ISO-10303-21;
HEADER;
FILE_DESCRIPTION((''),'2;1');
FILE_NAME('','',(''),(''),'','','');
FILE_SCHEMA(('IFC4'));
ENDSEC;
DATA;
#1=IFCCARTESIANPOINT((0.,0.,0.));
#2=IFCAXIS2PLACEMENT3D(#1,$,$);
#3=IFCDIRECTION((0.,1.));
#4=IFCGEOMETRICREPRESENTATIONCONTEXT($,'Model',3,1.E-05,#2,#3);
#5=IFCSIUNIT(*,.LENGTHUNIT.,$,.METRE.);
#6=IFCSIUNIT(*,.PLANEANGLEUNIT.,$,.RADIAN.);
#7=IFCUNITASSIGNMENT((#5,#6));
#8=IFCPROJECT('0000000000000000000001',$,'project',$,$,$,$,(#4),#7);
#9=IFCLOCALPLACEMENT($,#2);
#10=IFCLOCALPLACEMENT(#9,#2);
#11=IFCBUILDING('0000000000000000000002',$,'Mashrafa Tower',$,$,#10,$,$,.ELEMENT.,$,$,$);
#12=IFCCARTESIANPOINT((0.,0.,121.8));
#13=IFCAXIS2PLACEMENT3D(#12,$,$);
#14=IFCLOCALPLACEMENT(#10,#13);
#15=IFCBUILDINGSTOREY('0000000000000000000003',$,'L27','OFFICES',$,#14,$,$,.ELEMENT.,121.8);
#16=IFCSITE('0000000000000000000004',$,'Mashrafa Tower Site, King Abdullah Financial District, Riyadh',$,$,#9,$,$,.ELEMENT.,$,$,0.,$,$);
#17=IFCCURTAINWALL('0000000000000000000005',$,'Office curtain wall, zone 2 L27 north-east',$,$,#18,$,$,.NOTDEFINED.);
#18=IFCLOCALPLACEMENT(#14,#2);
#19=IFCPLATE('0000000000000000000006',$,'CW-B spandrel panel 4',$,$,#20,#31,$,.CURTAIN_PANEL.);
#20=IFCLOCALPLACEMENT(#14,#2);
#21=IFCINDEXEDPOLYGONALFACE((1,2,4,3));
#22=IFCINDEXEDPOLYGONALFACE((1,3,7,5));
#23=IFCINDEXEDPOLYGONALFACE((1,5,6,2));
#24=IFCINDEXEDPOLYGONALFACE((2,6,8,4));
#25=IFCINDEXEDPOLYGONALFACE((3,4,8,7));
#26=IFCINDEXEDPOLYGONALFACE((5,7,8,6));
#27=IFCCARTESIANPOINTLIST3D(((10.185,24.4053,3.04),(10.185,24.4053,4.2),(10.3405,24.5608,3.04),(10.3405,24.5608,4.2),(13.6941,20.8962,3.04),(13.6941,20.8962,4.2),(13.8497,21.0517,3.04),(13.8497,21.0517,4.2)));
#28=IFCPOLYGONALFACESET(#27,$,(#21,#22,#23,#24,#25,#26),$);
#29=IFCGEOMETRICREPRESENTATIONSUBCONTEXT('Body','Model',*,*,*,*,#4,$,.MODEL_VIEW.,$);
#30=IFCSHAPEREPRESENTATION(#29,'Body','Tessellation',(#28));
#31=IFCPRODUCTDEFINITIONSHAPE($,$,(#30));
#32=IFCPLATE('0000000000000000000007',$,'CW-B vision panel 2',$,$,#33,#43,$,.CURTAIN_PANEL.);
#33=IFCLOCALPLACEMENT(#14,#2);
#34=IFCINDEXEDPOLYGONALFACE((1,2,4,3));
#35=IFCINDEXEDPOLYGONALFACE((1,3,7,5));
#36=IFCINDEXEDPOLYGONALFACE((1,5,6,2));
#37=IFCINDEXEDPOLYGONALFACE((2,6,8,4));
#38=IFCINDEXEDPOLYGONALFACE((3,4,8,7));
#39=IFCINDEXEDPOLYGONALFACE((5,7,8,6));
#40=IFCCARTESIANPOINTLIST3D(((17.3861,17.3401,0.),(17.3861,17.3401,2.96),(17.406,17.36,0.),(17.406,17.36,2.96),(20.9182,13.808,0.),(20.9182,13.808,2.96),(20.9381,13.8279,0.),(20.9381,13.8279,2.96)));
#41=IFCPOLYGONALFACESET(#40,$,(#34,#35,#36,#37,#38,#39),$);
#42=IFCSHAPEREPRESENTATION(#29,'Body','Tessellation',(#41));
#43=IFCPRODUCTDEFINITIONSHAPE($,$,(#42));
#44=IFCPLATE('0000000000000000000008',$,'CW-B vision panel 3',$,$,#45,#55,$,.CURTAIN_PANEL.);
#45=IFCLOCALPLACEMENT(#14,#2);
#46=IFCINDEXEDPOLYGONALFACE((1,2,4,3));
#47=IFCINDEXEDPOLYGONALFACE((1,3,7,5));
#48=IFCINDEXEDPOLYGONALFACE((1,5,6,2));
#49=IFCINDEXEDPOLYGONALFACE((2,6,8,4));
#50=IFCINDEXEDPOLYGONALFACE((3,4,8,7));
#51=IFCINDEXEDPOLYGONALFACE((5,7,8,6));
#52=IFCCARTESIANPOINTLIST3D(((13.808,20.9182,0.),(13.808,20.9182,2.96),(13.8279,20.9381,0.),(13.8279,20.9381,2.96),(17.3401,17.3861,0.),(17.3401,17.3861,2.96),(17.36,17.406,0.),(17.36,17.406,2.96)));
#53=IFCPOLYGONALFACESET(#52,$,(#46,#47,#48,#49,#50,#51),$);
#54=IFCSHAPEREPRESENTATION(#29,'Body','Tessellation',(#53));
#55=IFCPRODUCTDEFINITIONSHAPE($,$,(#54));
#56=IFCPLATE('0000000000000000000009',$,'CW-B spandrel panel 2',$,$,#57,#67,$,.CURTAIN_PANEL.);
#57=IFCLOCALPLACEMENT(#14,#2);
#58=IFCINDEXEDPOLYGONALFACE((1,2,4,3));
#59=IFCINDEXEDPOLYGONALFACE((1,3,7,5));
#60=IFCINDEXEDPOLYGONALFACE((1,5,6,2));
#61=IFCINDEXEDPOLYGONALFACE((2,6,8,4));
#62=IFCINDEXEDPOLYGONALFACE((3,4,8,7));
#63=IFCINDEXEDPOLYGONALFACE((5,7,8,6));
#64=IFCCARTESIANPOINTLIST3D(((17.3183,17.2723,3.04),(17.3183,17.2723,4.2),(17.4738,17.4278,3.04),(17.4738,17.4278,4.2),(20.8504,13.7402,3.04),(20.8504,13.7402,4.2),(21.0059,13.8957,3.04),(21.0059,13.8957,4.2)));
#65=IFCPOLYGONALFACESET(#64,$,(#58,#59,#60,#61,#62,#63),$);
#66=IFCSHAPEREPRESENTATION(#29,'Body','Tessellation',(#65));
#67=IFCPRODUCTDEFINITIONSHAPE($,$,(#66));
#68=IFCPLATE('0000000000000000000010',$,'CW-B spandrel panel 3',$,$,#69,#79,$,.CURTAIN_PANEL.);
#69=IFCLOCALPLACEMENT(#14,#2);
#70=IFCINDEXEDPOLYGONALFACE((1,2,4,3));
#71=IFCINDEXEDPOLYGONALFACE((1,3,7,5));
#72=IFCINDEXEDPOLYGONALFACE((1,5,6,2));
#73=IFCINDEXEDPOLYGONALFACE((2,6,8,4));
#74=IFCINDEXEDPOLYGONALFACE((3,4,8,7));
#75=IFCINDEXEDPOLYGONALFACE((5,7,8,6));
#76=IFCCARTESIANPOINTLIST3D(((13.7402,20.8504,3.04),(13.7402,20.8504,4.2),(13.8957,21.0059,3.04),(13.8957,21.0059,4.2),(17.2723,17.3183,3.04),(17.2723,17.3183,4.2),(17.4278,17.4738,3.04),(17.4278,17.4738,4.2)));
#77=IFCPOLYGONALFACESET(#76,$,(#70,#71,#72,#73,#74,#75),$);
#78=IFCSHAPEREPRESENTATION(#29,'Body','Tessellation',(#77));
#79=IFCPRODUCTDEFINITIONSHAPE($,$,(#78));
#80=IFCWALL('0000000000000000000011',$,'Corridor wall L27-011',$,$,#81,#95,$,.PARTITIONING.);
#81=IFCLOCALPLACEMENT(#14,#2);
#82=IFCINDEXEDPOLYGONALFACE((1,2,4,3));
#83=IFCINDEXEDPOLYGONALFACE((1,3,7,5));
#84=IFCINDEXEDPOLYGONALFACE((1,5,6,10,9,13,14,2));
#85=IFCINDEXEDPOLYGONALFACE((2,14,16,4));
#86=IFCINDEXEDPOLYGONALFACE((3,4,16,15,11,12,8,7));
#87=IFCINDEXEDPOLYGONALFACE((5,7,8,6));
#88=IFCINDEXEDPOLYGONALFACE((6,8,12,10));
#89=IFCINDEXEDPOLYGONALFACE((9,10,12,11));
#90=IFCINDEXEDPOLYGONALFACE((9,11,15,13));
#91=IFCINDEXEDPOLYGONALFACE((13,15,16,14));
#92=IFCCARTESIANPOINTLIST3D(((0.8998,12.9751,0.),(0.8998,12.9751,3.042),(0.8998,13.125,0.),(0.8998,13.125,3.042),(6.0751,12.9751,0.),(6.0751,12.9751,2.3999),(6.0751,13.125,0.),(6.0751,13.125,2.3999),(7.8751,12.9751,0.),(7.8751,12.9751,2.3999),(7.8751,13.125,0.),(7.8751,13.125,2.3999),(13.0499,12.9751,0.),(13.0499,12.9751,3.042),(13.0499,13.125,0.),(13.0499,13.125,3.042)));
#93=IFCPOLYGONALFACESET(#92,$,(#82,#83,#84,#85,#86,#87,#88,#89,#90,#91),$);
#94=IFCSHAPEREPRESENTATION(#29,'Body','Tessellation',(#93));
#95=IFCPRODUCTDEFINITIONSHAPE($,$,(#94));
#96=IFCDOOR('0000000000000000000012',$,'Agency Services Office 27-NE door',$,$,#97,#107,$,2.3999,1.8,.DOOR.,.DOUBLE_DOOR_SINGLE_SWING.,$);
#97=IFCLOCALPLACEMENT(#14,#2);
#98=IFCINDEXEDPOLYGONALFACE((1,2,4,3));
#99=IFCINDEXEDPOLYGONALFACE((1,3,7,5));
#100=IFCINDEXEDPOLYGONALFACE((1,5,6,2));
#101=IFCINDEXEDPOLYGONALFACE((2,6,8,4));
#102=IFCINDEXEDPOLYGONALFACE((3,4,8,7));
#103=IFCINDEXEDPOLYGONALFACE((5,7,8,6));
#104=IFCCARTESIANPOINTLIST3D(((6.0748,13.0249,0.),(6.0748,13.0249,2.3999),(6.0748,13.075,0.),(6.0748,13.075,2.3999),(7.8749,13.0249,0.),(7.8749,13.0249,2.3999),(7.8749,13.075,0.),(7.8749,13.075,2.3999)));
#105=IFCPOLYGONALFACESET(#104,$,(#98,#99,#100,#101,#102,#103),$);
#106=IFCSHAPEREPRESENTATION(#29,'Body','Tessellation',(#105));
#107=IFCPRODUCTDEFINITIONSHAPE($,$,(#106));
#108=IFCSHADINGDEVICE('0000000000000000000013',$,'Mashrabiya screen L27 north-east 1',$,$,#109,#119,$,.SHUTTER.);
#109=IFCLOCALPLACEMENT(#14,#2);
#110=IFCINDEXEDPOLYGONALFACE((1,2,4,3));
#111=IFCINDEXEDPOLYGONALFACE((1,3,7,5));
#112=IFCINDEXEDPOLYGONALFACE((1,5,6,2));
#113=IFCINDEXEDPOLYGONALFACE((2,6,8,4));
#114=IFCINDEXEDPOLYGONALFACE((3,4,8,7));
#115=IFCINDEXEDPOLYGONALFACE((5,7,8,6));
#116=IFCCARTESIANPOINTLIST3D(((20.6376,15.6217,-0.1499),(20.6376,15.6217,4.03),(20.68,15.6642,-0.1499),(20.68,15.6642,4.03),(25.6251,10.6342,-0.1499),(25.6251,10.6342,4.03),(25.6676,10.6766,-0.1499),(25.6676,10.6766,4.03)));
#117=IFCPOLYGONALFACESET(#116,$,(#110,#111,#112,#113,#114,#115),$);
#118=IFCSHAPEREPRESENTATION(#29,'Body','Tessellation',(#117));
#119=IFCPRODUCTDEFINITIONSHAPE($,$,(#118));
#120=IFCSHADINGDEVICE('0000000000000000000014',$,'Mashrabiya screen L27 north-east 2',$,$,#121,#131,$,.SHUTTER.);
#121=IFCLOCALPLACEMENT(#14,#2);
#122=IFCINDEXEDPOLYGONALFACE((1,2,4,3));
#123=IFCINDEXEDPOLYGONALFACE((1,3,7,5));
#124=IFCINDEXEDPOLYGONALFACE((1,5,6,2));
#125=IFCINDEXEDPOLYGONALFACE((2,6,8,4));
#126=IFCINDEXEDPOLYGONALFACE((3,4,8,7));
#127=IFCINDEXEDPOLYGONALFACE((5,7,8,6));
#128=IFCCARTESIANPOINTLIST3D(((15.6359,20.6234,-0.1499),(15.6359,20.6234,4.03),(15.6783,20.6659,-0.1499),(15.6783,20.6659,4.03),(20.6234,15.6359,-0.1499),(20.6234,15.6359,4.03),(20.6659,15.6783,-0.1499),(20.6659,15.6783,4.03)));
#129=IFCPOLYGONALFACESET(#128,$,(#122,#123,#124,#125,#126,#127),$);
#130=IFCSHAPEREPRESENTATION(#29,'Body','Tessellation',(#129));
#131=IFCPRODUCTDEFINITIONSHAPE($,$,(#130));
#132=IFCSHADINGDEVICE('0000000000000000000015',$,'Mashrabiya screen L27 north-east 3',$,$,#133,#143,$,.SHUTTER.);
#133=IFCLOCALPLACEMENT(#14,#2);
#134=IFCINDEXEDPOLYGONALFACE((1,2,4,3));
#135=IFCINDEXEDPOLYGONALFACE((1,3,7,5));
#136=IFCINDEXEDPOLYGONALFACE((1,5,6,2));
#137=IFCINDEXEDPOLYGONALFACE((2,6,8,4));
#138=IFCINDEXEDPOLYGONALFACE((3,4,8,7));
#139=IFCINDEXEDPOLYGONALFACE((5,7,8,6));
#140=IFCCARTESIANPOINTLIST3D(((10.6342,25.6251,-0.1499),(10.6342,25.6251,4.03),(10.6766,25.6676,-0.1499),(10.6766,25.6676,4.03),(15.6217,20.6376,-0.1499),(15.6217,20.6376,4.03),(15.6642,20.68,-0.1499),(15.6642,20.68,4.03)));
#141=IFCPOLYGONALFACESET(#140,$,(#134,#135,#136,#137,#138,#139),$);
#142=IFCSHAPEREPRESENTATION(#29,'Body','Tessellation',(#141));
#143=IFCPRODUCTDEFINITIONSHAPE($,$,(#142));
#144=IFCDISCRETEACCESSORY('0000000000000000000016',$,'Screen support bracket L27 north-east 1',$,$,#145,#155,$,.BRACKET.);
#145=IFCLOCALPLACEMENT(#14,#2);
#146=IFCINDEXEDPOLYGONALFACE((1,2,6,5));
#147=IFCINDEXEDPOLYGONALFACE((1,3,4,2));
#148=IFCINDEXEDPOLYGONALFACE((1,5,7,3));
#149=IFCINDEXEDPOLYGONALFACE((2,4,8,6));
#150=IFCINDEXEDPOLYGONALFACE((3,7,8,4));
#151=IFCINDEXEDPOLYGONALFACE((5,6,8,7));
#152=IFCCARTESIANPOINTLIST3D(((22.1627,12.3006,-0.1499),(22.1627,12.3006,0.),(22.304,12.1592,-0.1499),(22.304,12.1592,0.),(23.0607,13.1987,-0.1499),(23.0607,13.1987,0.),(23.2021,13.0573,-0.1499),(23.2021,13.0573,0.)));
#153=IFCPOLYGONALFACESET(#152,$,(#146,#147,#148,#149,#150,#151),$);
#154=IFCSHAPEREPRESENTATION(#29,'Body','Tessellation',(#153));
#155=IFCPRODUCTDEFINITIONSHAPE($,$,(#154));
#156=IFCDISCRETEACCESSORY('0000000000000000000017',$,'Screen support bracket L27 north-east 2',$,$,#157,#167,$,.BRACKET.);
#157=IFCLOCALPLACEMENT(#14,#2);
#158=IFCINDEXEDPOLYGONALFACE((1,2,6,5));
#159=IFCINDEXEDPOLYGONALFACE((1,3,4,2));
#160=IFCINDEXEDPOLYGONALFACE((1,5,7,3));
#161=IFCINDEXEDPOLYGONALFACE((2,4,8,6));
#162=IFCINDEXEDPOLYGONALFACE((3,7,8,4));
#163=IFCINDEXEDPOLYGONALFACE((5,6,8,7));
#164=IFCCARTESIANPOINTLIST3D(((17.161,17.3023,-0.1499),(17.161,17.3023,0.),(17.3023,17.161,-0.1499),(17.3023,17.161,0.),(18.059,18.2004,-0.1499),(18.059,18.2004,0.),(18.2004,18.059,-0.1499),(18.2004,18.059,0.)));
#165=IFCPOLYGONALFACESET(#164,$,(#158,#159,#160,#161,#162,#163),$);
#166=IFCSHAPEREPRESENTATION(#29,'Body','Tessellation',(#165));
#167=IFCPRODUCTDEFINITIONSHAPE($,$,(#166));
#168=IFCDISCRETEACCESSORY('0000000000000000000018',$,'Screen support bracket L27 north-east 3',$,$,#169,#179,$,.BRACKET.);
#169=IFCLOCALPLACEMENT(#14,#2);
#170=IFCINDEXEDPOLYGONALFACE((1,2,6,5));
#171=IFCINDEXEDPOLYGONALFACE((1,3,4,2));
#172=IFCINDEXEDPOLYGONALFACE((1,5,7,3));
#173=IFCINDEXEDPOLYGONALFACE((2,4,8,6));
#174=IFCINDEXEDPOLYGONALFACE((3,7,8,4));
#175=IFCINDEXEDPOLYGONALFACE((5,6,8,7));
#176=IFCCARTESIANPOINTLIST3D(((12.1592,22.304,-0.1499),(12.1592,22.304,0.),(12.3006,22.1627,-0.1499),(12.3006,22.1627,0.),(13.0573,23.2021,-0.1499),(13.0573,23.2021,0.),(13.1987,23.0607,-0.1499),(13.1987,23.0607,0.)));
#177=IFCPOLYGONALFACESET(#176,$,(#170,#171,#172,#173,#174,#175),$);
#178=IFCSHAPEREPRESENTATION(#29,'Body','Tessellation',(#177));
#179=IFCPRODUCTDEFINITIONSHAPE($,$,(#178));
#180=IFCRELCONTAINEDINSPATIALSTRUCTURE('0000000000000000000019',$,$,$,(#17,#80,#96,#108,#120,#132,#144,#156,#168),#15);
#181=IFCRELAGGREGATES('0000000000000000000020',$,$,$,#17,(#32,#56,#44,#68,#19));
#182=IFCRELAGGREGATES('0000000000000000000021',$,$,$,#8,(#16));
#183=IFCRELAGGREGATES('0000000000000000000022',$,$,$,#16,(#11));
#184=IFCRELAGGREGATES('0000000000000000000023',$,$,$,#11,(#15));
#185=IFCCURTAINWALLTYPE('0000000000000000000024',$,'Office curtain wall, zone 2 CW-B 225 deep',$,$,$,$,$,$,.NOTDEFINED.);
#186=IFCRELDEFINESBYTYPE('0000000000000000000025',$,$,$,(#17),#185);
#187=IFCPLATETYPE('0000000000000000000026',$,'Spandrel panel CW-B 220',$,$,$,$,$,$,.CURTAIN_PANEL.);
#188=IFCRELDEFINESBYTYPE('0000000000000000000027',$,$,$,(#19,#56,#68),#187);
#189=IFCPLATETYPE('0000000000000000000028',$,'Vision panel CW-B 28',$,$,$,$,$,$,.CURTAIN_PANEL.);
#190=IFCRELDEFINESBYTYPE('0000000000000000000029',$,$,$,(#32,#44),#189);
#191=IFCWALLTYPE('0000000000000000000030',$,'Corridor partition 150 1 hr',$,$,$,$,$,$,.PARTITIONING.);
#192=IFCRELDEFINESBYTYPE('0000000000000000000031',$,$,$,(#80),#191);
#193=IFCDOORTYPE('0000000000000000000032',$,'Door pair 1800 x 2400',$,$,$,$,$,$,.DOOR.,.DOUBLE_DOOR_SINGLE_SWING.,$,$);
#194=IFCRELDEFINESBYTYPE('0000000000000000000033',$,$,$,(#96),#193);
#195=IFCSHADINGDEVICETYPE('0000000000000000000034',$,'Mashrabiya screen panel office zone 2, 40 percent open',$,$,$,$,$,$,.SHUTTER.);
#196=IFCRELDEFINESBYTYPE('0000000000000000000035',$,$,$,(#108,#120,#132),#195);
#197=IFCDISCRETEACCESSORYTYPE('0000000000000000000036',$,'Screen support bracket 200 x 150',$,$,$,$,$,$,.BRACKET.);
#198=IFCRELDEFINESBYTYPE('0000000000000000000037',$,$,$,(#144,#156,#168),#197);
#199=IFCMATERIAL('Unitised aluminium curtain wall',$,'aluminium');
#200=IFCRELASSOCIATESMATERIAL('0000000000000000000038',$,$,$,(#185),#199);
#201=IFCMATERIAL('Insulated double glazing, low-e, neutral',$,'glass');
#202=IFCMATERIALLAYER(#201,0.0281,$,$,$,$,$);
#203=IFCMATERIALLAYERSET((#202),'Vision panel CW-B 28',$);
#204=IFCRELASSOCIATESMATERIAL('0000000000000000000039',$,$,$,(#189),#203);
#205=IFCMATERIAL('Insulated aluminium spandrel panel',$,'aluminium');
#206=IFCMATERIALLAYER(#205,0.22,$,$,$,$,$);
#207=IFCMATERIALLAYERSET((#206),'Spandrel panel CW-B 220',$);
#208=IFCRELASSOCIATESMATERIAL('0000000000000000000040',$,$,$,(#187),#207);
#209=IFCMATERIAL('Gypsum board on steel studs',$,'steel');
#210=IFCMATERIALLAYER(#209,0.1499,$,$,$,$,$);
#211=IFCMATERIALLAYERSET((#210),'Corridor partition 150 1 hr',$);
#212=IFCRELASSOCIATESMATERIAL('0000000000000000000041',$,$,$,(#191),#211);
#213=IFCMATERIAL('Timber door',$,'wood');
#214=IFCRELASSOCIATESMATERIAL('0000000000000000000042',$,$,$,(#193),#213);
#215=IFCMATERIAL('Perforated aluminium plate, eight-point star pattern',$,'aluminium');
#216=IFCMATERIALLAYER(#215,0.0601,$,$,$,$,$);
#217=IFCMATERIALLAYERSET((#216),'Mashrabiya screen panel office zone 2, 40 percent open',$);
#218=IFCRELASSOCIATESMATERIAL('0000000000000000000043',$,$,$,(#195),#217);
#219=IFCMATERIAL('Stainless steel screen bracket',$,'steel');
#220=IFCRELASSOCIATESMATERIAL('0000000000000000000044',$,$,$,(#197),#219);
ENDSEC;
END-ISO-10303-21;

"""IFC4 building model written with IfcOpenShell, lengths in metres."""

from ifc_helpers import new_model, si_unit, direction, frame, frame_2d, origin, origin_2d, place, context, subcontext, project, spatial, rectangle, extrude, source, transform, mapped, material, layer, layer_set, type_object, type_shapes, element, fill, aggregate, save


model = new_model("IFC4")

# Units and contexts
model_context = context("Model", 3, precision=1e-05, world=origin(), true_north=direction((0.0, 1.0)))
body_context = subcontext(model_context, "Body", "Model", "MODEL_VIEW")
ifc_project = project(units=[si_unit("LENGTHUNIT", "METRE"), si_unit("PLANEANGLEUNIT", "RADIAN")], contexts=[model_context])

# Site, building, storey
site_placement = place(None, origin())
site = spatial("IfcSite", under=ifc_project, at=site_placement, Name="Mashrafa Tower Site, King Abdullah Financial District, Riyadh", CompositionType="ELEMENT", RefElevation=0.0)
building_placement = place(site_placement, origin())
building = spatial("IfcBuilding", under=site, at=building_placement, Name="Mashrafa Tower", CompositionType="ELEMENT")
storey_placement = place(building_placement, frame((0.0, 0.0, 121.8)))
storey = spatial("IfcBuildingStorey", under=building, at=storey_placement, Name="L27", Description="OFFICES", CompositionType="ELEMENT", Elevation=121.8)

# Curtain wall, plates
ifc_material_1 = material(Name="Unitised aluminium curtain wall", Category="aluminium")
curtain_wall_type = type_object("IfcCurtainWallType", Name="Office curtain wall, zone 2 CW-B 225 deep", PredefinedType="NOTDEFINED", material=ifc_material_1)
curtain_wall_placement = place(storey_placement, origin())
curtain_wall = element("IfcCurtainWall", 1, at=curtain_wall_placement, inside=storey, type_object=curtain_wall_type, Name="Office curtain wall, zone 2 L27 north-east", PredefinedType="NOTDEFINED")
ifc_material_2 = material(Name="Insulated double glazing, low-e, neutral", Category="glass")
ifc_layer_1 = layer(ifc_material_2, 0.0281)
ifc_layer_set_1 = layer_set([ifc_layer_1], Name="Vision panel CW-B 28")
plate_type_1 = type_object("IfcPlateType", Name="Vision panel CW-B 28", PredefinedType="CURTAIN_PANEL", material=ifc_layer_set_1)
ifc_material_3 = material(Name="Insulated aluminium spandrel panel", Category="aluminium")
ifc_layer_2 = layer(ifc_material_3, 0.22)
ifc_layer_set_2 = layer_set([ifc_layer_2], Name="Spandrel panel CW-B 220")
plate_type_2 = type_object("IfcPlateType", Name="Spandrel panel CW-B 220", PredefinedType="CURTAIN_PANEL", material=ifc_layer_set_2)
shared_shape_1 = source(origin(), body_context, "Body", "SweptSolid", [
    extrude(rectangle(XDim=4.9626, YDim=0.22, at=origin_2d()), origin(), (0.0, 0.0, 1.0), 1.1599),
])
plate_1_placement = place(storey_placement, frame((12.0173, 22.7285, 3.04), z_axis=(0.0, 0.0, 1.0), x_axis=(-0.707107, 0.707107, 0.0)))
plate_1 = element("IfcPlate", 2, at=plate_1_placement, type_object=plate_type_2, Name="CW-B spandrel panel 4", PredefinedType="CURTAIN_PANEL", context=body_context, shape_type="MappedRepresentation", body=[
    mapped(shared_shape_1, transform((0.0, 0.0, 0.0))),
])
shared_shape_2 = source(origin(), body_context, "Body", "SweptSolid", [
    extrude(rectangle(XDim=4.9951, YDim=0.0281, at=origin_2d()), origin(), (0.0, 0.0, 1.0), 2.96),
])
plate_2_placement = place(storey_placement, frame((19.1621, 15.584, 0.0), z_axis=(0.0, 0.0, 1.0), x_axis=(-0.707107, 0.707107, 0.0)))
plate_2 = element("IfcPlate", 3, at=plate_2_placement, type_object=plate_type_1, Name="CW-B vision panel 2", PredefinedType="CURTAIN_PANEL", context=body_context, shape_type="MappedRepresentation", body=[
    mapped(shared_shape_2, transform((0.0, 0.0, 0.0))),
])
plate_3_placement = place(storey_placement, frame((15.584, 19.1621, 0.0), z_axis=(0.0, 0.0, 1.0), x_axis=(-0.707107, 0.707107, 0.0)))
plate_3 = element("IfcPlate", 4, at=plate_3_placement, type_object=plate_type_1, Name="CW-B vision panel 3", PredefinedType="CURTAIN_PANEL", context=body_context, shape_type="MappedRepresentation", body=[
    mapped(shared_shape_2, transform((0.0, 0.0, 0.0))),
])
shared_shape_3 = source(origin(), body_context, "Body", "SweptSolid", [
    extrude(rectangle(XDim=4.9951, YDim=0.22, at=origin_2d()), origin(), (0.0, 0.0, 1.0), 1.1599),
])
type_shapes(plate_type_2, [shared_shape_1, shared_shape_3])
plate_4_placement = place(storey_placement, frame((19.1621, 15.584, 3.04), z_axis=(0.0, 0.0, 1.0), x_axis=(-0.707107, 0.707107, 0.0)))
plate_4 = element("IfcPlate", 5, at=plate_4_placement, type_object=plate_type_2, Name="CW-B spandrel panel 2", PredefinedType="CURTAIN_PANEL", context=body_context, shape_type="MappedRepresentation", body=[
    mapped(shared_shape_3, transform((0.0, 0.0, 0.0))),
])
plate_5_placement = place(storey_placement, frame((15.584, 19.1621, 3.04), z_axis=(0.0, 0.0, 1.0), x_axis=(-0.707107, 0.707107, 0.0)))
plate_5 = element("IfcPlate", 6, at=plate_5_placement, type_object=plate_type_2, Name="CW-B spandrel panel 3", PredefinedType="CURTAIN_PANEL", context=body_context, shape_type="MappedRepresentation", body=[
    mapped(shared_shape_3, transform((0.0, 0.0, 0.0))),
])
aggregate(curtain_wall, [plate_2, plate_4, plate_3, plate_5, plate_1])

# Wall, opening, door
ifc_material_4 = material(Name="Gypsum board on steel studs", Category="steel")
ifc_layer_3 = layer(ifc_material_4, 0.1499)
ifc_layer_set_3 = layer_set([ifc_layer_3], Name="Corridor partition 150 1 hr")
wall_type = type_object("IfcWallType", Name="Corridor partition 150 1 hr", PredefinedType="PARTITIONING", material=ifc_layer_set_3)
wall_placement = place(storey_placement, frame((13.05, 13.05, 0.0), z_axis=(0.0, 0.0, 1.0), x_axis=(-1.0, 0.0, 0.0)))
wall = element("IfcWall", 7, at=wall_placement, inside=storey, type_object=wall_type, Name="Corridor wall L27-011", PredefinedType="PARTITIONING", context=body_context, shape_type="SweptSolid", body=[
    extrude(rectangle(XDim=12.1501, YDim=0.1499, at=frame_2d((6.0752, 0.0))), origin(), (0.0, 0.0, 1.0), 3.042),
])
opening_placement = place(wall_placement, frame((5.175, 0.0, 0.0)))
opening = element("IfcOpeningElement", 8, at=opening_placement, cuts=wall, PredefinedType="OPENING", context=body_context, shape_type="SweptSolid", body=[
    extrude(rectangle(XDim=1.8, YDim=2.3999, at=frame_2d((0.8999, 1.2))), frame((0.0, 0.085, 0.0), z_axis=(0.0, -1.0, 0.0), x_axis=(1.0, 0.0, 0.0)), (0.0, 0.0, 1.0), 0.1699),
])
ifc_material_5 = material(Name="Timber door", Category="wood")
door_type = type_object("IfcDoorType", Name="Door pair 1800 x 2400", OperationType="DOUBLE_DOOR_SINGLE_SWING", PredefinedType="DOOR", material=ifc_material_5)
door_placement = place(opening_placement, frame((1.8, 0.0, 0.0), z_axis=(0.0, 0.0, 1.0), x_axis=(-1.0, 0.0, 0.0)))
door = element("IfcDoor", 9, at=door_placement, inside=storey, type_object=door_type, Name="Agency Services Office 27-NE door", OperationType="DOUBLE_DOOR_SINGLE_SWING", OverallHeight=2.3999, OverallWidth=1.8, PredefinedType="DOOR", context=body_context, shape_type="SweptSolid", body=[
    extrude(rectangle(XDim=1.8, YDim=2.3999, at=frame_2d((0.8999, 1.2))), frame((0.0, 0.0249, 0.0), z_axis=(0.0, -1.0, 0.0), x_axis=(1.0, 0.0, 0.0)), (0.0, 0.0, 1.0), 0.05),
])
fill(opening, door)

# Shading devices
ifc_material_6 = material(Name="Perforated aluminium plate, eight-point star pattern", Category="aluminium")
ifc_layer_4 = layer(ifc_material_6, 0.0601)
ifc_layer_set_4 = layer_set([ifc_layer_4], Name="Mashrabiya screen panel office zone 2, 40 percent open")
shading_device_type = type_object("IfcShadingDeviceType", Name="Mashrabiya screen panel office zone 2, 40 percent open", PredefinedType="SHUTTER", material=ifc_layer_set_4)
shared_shape_4 = source(origin(), body_context, "Body", "SweptSolid", [
    extrude(rectangle(XDim=7.0535, YDim=0.0601, at=origin_2d()), origin(), (0.0, 0.0, 1.0), 4.1799),
])
type_shapes(shading_device_type, [shared_shape_4])
for number, where, z_axis, x_axis, name in (
    (10, (23.1526, 13.1492, -0.1499), (0.0, 0.0, 1.0), (-0.707107, 0.707107, 0.0), "Mashrabiya screen L27 north-east 1"),
    (11, (18.1509, 18.1509, -0.1499), (0.0, 0.0, 1.0), (-0.707107, 0.707107, 0.0), "Mashrabiya screen L27 north-east 2"),
    (12, (13.1492, 23.1526, -0.1499), (0.0, 0.0, 1.0), (-0.707107, 0.707107, 0.0), "Mashrabiya screen L27 north-east 3"),
):
    element("IfcShadingDevice", number, at=place(storey_placement, frame(where, z_axis=z_axis, x_axis=x_axis)), inside=storey, type_object=shading_device_type, Name=name, PredefinedType="SHUTTER", context=body_context, shape_type="MappedRepresentation", body=[
        mapped(shared_shape_4, transform((0.0, 0.0, 0.0))),
    ])

# Discrete accessories
ifc_material_7 = material(Name="Stainless steel screen bracket", Category="steel")
discrete_accessory_type = type_object("IfcDiscreteAccessoryType", Name="Screen support bracket 200 x 150", PredefinedType="BRACKET", material=ifc_material_7)
shared_shape_5 = source(origin(), body_context, "Body", "SweptSolid", [
    extrude(rectangle(XDim=0.2, YDim=1.27, at=origin_2d()), origin(), (0.0, 0.0, 1.0), 0.1499),
])
type_shapes(discrete_accessory_type, [shared_shape_5])
for number, where, z_axis, x_axis, name in (
    (13, (22.6824, 12.679, -0.1499), (0.0, 0.0, 1.0), (-0.707107, 0.707107, 0.0), "Screen support bracket L27 north-east 1"),
    (14, (17.6807, 17.6807, -0.1499), (0.0, 0.0, 1.0), (-0.707107, 0.707107, 0.0), "Screen support bracket L27 north-east 2"),
    (15, (12.679, 22.6824, -0.1499), (0.0, 0.0, 1.0), (-0.707107, 0.707107, 0.0), "Screen support bracket L27 north-east 3"),
):
    element("IfcDiscreteAccessory", number, at=place(storey_placement, frame(where, z_axis=z_axis, x_axis=x_axis)), inside=storey, type_object=discrete_accessory_type, Name=name, PredefinedType="BRACKET", context=body_context, shape_type="MappedRepresentation", body=[
        mapped(shared_shape_5, transform((0.0, 0.0, 0.0))),
    ])

save(model, "model.ifc")
